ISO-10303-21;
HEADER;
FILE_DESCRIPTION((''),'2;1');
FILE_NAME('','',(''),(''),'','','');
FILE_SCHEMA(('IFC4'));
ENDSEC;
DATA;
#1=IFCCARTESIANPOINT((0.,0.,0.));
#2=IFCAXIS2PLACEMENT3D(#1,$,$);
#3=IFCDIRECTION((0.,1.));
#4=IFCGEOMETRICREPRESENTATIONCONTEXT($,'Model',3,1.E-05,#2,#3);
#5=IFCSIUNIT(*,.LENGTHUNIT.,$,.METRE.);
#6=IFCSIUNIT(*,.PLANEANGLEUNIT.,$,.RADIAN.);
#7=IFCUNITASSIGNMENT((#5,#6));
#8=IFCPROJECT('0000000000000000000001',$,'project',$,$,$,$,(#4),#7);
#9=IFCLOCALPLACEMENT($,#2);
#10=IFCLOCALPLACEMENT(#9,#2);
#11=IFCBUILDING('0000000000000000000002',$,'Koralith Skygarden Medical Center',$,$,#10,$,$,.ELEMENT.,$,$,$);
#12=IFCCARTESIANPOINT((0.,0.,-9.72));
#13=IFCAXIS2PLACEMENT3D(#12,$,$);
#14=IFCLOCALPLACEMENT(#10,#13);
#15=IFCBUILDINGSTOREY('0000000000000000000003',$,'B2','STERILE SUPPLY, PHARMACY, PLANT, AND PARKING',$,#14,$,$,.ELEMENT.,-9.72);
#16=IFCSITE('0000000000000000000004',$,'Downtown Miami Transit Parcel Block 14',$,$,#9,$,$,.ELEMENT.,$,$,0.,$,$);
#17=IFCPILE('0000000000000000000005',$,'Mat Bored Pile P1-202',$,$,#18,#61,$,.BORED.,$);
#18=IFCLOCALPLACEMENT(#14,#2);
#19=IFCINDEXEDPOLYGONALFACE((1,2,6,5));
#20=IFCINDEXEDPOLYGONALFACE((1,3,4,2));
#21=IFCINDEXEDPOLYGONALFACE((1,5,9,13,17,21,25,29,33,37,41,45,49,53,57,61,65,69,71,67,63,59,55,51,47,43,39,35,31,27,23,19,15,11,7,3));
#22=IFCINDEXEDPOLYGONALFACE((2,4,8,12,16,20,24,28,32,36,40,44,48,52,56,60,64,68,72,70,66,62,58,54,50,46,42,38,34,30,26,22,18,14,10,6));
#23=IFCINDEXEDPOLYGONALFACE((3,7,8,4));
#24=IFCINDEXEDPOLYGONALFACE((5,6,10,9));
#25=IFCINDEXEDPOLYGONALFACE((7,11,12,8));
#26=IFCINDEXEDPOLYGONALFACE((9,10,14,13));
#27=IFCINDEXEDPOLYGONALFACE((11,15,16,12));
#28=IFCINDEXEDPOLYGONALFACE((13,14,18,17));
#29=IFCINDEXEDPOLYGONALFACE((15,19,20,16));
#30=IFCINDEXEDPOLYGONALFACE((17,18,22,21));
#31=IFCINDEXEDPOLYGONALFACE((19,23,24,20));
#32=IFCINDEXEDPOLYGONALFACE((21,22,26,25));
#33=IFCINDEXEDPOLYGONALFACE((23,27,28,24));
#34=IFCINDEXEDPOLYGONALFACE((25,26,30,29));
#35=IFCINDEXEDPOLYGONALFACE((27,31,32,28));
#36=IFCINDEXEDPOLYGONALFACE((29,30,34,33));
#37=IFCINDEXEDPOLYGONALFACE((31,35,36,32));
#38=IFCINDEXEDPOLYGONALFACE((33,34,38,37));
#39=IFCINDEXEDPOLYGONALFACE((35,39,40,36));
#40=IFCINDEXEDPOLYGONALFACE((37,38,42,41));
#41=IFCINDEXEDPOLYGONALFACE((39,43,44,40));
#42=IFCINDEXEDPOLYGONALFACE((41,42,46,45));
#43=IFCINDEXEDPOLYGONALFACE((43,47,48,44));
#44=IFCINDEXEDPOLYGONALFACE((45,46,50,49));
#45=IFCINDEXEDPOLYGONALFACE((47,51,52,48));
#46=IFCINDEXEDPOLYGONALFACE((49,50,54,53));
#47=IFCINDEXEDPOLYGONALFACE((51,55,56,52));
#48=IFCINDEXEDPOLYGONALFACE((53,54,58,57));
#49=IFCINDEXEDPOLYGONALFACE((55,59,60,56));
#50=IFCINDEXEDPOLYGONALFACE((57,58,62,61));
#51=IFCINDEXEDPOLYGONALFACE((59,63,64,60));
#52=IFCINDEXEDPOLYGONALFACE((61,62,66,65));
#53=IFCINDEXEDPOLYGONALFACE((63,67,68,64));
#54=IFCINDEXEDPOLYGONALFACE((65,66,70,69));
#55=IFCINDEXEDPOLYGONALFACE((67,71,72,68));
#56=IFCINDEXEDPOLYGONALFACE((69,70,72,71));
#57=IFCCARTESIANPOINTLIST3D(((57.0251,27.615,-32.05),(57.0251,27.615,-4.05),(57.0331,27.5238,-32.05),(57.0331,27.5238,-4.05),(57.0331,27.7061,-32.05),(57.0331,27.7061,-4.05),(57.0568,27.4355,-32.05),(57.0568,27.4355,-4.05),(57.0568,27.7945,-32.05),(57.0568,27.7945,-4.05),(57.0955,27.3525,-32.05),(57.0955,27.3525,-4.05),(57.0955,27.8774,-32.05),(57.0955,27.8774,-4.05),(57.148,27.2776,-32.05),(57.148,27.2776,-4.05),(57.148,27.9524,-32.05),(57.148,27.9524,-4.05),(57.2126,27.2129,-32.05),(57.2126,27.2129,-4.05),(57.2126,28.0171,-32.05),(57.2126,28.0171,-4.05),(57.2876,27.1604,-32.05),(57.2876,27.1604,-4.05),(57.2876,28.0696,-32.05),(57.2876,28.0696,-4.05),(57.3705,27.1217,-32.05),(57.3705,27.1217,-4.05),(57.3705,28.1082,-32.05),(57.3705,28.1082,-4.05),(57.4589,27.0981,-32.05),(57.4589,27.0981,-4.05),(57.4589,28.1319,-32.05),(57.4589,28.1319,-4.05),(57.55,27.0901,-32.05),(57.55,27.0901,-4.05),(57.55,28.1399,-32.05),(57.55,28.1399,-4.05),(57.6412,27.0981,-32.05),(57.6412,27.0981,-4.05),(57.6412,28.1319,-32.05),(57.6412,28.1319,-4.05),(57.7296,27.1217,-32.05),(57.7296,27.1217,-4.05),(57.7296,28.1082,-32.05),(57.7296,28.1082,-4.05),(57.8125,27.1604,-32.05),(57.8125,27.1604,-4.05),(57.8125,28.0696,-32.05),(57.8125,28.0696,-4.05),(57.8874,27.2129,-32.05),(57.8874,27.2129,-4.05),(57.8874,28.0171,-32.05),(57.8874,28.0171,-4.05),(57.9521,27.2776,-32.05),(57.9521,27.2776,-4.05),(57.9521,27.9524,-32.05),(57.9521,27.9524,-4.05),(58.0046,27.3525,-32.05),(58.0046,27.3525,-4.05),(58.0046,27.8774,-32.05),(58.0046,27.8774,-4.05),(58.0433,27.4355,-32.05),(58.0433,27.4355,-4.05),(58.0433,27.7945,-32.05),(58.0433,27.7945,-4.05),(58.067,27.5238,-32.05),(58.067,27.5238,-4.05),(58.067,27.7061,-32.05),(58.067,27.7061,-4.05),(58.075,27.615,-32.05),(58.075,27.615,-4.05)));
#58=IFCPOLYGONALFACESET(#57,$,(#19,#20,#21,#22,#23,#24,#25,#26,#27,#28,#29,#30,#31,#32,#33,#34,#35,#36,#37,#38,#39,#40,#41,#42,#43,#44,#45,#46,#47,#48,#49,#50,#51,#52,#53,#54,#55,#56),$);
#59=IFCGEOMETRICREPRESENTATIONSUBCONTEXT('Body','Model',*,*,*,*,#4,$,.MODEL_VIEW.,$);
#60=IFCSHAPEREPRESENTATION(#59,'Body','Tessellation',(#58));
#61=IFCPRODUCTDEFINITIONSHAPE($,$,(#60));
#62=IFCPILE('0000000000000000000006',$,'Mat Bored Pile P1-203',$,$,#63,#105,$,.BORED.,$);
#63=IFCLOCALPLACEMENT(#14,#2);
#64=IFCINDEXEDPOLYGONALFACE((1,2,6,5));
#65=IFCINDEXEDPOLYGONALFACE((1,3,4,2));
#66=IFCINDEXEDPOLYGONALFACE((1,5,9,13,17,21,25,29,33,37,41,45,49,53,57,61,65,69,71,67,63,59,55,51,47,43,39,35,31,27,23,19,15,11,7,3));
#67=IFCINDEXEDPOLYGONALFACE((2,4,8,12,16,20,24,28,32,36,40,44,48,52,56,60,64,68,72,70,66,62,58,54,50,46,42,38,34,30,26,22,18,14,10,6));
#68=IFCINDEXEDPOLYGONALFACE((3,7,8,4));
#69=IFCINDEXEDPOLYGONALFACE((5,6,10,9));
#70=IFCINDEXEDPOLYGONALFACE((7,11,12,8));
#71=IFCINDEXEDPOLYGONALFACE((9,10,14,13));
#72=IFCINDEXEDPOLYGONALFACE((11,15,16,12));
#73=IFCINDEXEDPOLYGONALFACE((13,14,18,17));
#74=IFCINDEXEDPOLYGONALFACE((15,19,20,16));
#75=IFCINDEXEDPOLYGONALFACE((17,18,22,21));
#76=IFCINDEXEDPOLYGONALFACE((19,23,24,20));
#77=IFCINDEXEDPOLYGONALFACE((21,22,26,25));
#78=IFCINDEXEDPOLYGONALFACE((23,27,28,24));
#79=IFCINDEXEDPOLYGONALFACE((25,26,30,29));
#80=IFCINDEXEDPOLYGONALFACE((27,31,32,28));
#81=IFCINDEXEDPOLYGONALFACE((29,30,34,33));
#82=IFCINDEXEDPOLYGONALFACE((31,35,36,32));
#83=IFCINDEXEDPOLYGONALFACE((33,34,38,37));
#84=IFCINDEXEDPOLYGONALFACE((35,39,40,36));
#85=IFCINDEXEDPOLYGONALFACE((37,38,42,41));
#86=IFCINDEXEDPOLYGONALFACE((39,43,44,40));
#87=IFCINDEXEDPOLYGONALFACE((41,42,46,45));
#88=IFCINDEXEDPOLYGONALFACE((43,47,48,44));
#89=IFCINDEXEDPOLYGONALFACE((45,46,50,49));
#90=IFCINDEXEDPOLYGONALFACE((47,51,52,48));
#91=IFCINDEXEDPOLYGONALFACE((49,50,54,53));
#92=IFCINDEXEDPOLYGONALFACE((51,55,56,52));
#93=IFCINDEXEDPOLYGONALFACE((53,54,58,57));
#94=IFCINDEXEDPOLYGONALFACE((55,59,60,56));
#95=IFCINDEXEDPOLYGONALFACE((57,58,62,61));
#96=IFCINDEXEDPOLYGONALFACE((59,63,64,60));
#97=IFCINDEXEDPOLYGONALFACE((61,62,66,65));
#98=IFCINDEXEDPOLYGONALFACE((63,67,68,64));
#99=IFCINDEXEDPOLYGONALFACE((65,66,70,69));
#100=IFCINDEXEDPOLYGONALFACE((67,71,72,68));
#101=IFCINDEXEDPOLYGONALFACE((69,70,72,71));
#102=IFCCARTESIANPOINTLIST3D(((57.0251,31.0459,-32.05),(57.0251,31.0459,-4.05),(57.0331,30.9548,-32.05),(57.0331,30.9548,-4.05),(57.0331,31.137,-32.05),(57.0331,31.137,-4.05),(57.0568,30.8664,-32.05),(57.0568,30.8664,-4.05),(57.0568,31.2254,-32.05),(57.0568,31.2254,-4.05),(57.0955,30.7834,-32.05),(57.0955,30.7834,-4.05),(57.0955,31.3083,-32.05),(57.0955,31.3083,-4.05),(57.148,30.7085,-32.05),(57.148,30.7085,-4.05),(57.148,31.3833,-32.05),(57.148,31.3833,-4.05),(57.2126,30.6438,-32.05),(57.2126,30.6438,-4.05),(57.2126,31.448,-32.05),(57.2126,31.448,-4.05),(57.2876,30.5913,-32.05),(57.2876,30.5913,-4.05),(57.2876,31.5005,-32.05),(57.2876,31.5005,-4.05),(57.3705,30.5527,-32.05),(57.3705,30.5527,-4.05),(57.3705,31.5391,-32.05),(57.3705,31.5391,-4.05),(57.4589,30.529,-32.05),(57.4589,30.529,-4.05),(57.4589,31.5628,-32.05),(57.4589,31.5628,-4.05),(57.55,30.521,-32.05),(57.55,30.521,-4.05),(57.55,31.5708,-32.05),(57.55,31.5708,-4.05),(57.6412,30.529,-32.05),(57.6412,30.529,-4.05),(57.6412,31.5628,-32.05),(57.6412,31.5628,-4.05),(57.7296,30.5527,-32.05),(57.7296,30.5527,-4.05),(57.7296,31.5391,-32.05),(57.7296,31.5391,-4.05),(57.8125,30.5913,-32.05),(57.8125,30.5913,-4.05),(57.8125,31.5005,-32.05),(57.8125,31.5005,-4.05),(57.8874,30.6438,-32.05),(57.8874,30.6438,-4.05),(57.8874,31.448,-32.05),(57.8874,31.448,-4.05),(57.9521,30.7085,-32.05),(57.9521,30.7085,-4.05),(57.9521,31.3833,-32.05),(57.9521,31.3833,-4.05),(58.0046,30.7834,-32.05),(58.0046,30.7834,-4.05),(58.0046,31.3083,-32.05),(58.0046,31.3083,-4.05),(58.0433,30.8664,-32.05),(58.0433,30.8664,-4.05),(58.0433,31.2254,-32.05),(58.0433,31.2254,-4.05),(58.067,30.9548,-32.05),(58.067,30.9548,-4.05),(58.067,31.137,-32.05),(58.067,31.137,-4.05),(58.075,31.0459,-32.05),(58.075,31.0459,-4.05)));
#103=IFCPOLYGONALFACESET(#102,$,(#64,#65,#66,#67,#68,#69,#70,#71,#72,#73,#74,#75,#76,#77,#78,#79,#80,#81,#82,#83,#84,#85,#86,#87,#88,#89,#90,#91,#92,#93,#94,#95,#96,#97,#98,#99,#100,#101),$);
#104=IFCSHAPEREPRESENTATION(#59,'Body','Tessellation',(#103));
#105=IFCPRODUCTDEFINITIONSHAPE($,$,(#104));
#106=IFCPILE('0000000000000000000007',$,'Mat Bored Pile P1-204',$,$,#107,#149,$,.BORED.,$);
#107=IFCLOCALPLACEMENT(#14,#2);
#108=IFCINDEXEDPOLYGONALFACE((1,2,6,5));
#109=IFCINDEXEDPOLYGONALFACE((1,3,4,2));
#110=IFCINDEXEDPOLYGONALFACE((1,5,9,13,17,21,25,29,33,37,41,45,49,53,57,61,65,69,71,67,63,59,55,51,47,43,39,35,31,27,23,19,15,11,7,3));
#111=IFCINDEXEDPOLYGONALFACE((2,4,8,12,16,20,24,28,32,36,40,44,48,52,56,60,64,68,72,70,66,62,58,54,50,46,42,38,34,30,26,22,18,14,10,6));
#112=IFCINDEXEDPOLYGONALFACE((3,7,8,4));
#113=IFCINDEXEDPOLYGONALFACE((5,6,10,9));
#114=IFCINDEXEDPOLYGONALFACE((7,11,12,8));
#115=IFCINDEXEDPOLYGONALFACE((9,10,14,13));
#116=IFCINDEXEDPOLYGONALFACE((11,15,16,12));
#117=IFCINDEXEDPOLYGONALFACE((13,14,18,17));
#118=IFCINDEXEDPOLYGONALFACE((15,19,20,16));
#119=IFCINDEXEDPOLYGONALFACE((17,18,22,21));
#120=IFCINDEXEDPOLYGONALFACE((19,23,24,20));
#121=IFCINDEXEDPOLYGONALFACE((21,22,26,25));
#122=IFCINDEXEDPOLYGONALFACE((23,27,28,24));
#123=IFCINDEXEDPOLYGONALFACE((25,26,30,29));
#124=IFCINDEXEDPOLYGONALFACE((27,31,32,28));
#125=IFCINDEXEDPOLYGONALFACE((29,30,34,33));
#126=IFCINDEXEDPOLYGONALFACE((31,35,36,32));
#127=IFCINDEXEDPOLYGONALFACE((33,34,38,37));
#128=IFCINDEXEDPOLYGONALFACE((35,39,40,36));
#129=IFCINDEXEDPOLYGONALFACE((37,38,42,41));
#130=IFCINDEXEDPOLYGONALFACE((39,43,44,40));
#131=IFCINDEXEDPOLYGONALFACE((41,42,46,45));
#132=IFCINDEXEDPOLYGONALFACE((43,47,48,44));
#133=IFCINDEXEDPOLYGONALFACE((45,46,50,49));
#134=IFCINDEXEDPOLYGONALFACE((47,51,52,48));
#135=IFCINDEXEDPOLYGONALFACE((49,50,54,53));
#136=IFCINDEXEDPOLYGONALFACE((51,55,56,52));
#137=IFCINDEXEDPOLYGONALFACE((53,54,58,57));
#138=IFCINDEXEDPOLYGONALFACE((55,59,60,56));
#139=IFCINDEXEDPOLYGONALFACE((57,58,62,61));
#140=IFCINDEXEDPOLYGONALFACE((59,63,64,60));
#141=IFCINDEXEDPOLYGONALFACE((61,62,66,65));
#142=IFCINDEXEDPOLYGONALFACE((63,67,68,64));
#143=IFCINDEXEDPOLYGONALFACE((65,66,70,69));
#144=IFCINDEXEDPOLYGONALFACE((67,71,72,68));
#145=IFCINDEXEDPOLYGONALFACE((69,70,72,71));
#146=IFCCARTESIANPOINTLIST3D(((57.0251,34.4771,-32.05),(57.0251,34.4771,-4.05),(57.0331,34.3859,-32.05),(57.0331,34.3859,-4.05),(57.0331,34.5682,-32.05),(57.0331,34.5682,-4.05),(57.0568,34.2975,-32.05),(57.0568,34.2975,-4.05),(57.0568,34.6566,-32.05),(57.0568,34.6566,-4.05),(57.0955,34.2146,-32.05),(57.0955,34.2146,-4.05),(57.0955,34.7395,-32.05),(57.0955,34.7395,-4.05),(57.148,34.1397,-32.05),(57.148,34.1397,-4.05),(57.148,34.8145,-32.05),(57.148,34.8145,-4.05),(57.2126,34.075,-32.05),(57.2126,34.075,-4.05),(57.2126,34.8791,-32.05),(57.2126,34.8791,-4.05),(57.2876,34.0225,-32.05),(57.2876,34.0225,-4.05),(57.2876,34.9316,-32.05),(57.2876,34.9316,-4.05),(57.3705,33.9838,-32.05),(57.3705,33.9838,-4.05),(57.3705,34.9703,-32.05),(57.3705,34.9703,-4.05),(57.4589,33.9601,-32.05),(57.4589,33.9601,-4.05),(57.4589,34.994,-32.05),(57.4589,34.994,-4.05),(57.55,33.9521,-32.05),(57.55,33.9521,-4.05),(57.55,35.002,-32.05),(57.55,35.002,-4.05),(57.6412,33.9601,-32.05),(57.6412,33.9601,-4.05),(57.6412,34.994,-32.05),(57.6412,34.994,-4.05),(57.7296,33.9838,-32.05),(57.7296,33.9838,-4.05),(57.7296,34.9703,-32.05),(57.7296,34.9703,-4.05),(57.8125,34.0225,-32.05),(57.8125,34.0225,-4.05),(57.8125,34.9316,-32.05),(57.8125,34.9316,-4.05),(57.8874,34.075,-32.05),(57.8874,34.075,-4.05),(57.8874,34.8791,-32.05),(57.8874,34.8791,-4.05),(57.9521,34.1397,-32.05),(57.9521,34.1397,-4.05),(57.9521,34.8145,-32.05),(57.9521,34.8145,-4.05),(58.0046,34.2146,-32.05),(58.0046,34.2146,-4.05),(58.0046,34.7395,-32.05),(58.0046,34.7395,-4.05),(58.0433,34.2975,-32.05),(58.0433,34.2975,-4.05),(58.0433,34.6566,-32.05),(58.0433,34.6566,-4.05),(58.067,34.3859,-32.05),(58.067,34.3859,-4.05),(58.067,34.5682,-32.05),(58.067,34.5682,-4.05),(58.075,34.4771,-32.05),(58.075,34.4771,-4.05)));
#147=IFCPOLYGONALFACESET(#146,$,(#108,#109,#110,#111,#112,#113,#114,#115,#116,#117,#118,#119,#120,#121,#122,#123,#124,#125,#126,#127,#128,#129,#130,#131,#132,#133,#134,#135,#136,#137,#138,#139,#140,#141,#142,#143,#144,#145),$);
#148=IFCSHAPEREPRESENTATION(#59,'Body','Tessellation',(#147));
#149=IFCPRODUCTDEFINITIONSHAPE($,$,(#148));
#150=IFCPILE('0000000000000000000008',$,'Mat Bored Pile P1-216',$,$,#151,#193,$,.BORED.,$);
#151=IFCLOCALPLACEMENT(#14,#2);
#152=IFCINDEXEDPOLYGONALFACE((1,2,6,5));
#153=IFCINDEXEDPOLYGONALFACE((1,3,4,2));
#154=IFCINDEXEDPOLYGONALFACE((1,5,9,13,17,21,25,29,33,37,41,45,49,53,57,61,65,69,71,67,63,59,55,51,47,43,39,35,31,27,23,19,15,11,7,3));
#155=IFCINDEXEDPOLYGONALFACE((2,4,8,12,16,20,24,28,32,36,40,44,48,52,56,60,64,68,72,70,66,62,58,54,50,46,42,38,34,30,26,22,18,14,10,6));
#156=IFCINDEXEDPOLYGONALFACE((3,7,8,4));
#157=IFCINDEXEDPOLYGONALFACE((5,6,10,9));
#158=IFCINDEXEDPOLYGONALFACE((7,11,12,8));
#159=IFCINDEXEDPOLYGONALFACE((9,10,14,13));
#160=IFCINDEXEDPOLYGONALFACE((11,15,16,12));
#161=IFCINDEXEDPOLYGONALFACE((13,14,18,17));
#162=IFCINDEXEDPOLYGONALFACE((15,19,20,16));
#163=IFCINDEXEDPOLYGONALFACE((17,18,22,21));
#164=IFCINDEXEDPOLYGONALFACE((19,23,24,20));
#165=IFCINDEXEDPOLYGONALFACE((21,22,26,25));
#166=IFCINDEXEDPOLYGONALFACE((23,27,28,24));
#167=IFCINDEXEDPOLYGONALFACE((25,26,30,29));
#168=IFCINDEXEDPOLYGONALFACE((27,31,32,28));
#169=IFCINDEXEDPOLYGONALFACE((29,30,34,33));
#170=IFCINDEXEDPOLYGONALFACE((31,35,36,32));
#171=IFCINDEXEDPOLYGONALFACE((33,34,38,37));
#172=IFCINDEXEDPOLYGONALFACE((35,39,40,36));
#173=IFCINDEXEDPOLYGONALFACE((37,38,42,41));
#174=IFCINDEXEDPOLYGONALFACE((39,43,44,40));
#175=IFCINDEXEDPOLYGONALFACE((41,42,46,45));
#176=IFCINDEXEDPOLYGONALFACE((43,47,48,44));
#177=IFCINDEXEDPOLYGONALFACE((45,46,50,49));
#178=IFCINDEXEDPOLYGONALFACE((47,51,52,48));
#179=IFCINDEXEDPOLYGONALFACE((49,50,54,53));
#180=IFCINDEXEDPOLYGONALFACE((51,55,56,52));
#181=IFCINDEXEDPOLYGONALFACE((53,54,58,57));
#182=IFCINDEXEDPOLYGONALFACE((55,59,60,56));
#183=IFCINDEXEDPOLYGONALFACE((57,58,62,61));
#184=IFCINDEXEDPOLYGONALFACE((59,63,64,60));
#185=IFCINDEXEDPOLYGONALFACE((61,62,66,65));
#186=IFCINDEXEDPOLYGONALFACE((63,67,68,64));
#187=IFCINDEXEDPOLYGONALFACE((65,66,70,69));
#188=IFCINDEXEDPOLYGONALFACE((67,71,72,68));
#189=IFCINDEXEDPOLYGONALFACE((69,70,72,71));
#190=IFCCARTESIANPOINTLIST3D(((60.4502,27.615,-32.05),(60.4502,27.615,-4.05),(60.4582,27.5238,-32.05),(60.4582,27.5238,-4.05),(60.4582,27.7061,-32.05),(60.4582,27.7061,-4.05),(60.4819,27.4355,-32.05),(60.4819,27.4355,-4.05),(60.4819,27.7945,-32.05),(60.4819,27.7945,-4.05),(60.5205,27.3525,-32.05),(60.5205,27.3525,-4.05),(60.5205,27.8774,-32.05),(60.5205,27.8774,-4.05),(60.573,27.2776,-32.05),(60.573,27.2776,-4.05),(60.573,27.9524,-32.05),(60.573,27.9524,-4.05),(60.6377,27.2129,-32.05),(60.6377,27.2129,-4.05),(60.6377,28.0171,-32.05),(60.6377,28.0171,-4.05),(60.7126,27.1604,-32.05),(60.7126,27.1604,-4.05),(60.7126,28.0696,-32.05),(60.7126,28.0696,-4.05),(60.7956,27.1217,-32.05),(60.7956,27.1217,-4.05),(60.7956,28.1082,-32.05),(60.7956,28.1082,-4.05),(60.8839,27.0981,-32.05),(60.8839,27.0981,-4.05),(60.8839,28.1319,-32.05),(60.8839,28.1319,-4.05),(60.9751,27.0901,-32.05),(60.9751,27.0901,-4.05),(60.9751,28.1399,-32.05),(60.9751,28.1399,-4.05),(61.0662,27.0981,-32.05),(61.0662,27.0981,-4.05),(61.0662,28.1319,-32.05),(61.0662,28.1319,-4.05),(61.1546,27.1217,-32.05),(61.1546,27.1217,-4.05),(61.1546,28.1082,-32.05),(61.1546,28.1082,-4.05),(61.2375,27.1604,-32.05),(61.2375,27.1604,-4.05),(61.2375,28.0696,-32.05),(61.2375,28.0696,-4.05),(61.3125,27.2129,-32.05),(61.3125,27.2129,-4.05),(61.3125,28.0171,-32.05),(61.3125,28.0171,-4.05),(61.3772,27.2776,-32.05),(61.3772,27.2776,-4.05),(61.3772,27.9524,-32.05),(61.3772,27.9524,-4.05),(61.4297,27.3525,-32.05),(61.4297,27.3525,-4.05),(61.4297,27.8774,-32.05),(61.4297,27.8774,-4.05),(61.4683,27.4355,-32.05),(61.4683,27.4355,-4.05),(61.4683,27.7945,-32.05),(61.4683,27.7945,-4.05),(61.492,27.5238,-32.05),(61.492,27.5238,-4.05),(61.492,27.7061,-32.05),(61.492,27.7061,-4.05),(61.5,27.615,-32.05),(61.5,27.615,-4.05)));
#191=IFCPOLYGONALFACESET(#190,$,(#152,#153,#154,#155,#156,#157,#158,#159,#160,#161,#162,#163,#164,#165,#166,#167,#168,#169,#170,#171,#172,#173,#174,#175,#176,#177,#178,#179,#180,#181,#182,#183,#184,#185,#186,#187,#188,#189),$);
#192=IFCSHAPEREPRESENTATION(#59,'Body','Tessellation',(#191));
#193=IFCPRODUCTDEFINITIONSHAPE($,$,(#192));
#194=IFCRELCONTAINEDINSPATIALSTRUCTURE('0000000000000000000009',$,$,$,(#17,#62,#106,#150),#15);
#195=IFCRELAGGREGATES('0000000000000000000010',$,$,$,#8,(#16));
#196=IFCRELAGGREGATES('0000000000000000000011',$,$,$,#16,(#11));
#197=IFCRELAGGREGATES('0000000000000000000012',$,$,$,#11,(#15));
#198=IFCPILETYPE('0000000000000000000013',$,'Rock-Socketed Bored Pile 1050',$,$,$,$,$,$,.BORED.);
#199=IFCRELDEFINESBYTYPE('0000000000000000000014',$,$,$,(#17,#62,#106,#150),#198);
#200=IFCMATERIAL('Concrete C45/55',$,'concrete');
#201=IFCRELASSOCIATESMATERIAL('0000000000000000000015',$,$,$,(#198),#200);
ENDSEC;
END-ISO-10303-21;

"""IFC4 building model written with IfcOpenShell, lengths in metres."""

from ifc_helpers import new_model, si_unit, direction, frame, origin, origin_2d, place, context, subcontext, project, spatial, circle, extrude, material, material_profile, profile_set, type_object, element, save


model = new_model("IFC4")

# Units and contexts
model_context = context("Model", 3, precision=1e-05, world=origin(), true_north=direction((0.0, 1.0)))
body_context = subcontext(model_context, "Body", "Model", "MODEL_VIEW")
ifc_project = project(units=[si_unit("LENGTHUNIT", "METRE"), si_unit("PLANEANGLEUNIT", "RADIAN")], contexts=[model_context])

# Site, building, storey
site_placement = place(None, origin())
site = spatial("IfcSite", under=ifc_project, at=site_placement, Name="Downtown Miami Transit Parcel Block 14", CompositionType="ELEMENT", RefElevation=0.0)
building_placement = place(site_placement, origin())
building = spatial("IfcBuilding", under=site, at=building_placement, Name="Koralith Skygarden Medical Center", CompositionType="ELEMENT")
storey_placement = place(building_placement, frame((0.0, 0.0, -9.72)))
storey = spatial("IfcBuildingStorey", under=building, at=storey_placement, Name="B2", Description="STERILE SUPPLY, PHARMACY, PLANT, AND PARKING", CompositionType="ELEMENT", Elevation=-9.72)

# Piles
ifc_material_1 = material(Name="Concrete C45/55", Category="concrete")
ifc_material_profile_1 = material_profile(ifc_material_1, circle(Radius=0.5249, at=origin_2d()), Name="PILE1050")
ifc_profile_set_1 = profile_set([ifc_material_profile_1], Name="Concrete C45/55")
pile_type = type_object("IfcPileType", Name="Rock-Socketed Bored Pile 1050", PredefinedType="BORED", material=ifc_profile_set_1)
for number, where, z_axis, x_axis, name in (
    (1, (57.55, 27.615, -4.05), (0.0, 0.0, -1.0), (1.0, 0.0, 0.0), "Mat Bored Pile P1-202"),
    (2, (57.55, 31.0459, -4.05), (0.0, 0.0, -1.0), (1.0, 0.0, 0.0), "Mat Bored Pile P1-203"),
    (3, (57.55, 34.4771, -4.05), (0.0, 0.0, -1.0), (1.0, 0.0, 0.0), "Mat Bored Pile P1-204"),
    (4, (60.9751, 27.615, -4.05), (0.0, 0.0, -1.0), (1.0, 0.0, 0.0), "Mat Bored Pile P1-216"),
):
    element("IfcPile", number, at=place(storey_placement, frame(where, z_axis=z_axis, x_axis=x_axis)), inside=storey, type_object=pile_type, Name=name, PredefinedType="BORED", context=body_context, shape_type="SweptSolid", body=[
        extrude(circle(Radius=0.5249, at=origin_2d()), origin(), (0.0, 0.0, 1.0), 28.0),
    ])

save(model, "model.ifc")
